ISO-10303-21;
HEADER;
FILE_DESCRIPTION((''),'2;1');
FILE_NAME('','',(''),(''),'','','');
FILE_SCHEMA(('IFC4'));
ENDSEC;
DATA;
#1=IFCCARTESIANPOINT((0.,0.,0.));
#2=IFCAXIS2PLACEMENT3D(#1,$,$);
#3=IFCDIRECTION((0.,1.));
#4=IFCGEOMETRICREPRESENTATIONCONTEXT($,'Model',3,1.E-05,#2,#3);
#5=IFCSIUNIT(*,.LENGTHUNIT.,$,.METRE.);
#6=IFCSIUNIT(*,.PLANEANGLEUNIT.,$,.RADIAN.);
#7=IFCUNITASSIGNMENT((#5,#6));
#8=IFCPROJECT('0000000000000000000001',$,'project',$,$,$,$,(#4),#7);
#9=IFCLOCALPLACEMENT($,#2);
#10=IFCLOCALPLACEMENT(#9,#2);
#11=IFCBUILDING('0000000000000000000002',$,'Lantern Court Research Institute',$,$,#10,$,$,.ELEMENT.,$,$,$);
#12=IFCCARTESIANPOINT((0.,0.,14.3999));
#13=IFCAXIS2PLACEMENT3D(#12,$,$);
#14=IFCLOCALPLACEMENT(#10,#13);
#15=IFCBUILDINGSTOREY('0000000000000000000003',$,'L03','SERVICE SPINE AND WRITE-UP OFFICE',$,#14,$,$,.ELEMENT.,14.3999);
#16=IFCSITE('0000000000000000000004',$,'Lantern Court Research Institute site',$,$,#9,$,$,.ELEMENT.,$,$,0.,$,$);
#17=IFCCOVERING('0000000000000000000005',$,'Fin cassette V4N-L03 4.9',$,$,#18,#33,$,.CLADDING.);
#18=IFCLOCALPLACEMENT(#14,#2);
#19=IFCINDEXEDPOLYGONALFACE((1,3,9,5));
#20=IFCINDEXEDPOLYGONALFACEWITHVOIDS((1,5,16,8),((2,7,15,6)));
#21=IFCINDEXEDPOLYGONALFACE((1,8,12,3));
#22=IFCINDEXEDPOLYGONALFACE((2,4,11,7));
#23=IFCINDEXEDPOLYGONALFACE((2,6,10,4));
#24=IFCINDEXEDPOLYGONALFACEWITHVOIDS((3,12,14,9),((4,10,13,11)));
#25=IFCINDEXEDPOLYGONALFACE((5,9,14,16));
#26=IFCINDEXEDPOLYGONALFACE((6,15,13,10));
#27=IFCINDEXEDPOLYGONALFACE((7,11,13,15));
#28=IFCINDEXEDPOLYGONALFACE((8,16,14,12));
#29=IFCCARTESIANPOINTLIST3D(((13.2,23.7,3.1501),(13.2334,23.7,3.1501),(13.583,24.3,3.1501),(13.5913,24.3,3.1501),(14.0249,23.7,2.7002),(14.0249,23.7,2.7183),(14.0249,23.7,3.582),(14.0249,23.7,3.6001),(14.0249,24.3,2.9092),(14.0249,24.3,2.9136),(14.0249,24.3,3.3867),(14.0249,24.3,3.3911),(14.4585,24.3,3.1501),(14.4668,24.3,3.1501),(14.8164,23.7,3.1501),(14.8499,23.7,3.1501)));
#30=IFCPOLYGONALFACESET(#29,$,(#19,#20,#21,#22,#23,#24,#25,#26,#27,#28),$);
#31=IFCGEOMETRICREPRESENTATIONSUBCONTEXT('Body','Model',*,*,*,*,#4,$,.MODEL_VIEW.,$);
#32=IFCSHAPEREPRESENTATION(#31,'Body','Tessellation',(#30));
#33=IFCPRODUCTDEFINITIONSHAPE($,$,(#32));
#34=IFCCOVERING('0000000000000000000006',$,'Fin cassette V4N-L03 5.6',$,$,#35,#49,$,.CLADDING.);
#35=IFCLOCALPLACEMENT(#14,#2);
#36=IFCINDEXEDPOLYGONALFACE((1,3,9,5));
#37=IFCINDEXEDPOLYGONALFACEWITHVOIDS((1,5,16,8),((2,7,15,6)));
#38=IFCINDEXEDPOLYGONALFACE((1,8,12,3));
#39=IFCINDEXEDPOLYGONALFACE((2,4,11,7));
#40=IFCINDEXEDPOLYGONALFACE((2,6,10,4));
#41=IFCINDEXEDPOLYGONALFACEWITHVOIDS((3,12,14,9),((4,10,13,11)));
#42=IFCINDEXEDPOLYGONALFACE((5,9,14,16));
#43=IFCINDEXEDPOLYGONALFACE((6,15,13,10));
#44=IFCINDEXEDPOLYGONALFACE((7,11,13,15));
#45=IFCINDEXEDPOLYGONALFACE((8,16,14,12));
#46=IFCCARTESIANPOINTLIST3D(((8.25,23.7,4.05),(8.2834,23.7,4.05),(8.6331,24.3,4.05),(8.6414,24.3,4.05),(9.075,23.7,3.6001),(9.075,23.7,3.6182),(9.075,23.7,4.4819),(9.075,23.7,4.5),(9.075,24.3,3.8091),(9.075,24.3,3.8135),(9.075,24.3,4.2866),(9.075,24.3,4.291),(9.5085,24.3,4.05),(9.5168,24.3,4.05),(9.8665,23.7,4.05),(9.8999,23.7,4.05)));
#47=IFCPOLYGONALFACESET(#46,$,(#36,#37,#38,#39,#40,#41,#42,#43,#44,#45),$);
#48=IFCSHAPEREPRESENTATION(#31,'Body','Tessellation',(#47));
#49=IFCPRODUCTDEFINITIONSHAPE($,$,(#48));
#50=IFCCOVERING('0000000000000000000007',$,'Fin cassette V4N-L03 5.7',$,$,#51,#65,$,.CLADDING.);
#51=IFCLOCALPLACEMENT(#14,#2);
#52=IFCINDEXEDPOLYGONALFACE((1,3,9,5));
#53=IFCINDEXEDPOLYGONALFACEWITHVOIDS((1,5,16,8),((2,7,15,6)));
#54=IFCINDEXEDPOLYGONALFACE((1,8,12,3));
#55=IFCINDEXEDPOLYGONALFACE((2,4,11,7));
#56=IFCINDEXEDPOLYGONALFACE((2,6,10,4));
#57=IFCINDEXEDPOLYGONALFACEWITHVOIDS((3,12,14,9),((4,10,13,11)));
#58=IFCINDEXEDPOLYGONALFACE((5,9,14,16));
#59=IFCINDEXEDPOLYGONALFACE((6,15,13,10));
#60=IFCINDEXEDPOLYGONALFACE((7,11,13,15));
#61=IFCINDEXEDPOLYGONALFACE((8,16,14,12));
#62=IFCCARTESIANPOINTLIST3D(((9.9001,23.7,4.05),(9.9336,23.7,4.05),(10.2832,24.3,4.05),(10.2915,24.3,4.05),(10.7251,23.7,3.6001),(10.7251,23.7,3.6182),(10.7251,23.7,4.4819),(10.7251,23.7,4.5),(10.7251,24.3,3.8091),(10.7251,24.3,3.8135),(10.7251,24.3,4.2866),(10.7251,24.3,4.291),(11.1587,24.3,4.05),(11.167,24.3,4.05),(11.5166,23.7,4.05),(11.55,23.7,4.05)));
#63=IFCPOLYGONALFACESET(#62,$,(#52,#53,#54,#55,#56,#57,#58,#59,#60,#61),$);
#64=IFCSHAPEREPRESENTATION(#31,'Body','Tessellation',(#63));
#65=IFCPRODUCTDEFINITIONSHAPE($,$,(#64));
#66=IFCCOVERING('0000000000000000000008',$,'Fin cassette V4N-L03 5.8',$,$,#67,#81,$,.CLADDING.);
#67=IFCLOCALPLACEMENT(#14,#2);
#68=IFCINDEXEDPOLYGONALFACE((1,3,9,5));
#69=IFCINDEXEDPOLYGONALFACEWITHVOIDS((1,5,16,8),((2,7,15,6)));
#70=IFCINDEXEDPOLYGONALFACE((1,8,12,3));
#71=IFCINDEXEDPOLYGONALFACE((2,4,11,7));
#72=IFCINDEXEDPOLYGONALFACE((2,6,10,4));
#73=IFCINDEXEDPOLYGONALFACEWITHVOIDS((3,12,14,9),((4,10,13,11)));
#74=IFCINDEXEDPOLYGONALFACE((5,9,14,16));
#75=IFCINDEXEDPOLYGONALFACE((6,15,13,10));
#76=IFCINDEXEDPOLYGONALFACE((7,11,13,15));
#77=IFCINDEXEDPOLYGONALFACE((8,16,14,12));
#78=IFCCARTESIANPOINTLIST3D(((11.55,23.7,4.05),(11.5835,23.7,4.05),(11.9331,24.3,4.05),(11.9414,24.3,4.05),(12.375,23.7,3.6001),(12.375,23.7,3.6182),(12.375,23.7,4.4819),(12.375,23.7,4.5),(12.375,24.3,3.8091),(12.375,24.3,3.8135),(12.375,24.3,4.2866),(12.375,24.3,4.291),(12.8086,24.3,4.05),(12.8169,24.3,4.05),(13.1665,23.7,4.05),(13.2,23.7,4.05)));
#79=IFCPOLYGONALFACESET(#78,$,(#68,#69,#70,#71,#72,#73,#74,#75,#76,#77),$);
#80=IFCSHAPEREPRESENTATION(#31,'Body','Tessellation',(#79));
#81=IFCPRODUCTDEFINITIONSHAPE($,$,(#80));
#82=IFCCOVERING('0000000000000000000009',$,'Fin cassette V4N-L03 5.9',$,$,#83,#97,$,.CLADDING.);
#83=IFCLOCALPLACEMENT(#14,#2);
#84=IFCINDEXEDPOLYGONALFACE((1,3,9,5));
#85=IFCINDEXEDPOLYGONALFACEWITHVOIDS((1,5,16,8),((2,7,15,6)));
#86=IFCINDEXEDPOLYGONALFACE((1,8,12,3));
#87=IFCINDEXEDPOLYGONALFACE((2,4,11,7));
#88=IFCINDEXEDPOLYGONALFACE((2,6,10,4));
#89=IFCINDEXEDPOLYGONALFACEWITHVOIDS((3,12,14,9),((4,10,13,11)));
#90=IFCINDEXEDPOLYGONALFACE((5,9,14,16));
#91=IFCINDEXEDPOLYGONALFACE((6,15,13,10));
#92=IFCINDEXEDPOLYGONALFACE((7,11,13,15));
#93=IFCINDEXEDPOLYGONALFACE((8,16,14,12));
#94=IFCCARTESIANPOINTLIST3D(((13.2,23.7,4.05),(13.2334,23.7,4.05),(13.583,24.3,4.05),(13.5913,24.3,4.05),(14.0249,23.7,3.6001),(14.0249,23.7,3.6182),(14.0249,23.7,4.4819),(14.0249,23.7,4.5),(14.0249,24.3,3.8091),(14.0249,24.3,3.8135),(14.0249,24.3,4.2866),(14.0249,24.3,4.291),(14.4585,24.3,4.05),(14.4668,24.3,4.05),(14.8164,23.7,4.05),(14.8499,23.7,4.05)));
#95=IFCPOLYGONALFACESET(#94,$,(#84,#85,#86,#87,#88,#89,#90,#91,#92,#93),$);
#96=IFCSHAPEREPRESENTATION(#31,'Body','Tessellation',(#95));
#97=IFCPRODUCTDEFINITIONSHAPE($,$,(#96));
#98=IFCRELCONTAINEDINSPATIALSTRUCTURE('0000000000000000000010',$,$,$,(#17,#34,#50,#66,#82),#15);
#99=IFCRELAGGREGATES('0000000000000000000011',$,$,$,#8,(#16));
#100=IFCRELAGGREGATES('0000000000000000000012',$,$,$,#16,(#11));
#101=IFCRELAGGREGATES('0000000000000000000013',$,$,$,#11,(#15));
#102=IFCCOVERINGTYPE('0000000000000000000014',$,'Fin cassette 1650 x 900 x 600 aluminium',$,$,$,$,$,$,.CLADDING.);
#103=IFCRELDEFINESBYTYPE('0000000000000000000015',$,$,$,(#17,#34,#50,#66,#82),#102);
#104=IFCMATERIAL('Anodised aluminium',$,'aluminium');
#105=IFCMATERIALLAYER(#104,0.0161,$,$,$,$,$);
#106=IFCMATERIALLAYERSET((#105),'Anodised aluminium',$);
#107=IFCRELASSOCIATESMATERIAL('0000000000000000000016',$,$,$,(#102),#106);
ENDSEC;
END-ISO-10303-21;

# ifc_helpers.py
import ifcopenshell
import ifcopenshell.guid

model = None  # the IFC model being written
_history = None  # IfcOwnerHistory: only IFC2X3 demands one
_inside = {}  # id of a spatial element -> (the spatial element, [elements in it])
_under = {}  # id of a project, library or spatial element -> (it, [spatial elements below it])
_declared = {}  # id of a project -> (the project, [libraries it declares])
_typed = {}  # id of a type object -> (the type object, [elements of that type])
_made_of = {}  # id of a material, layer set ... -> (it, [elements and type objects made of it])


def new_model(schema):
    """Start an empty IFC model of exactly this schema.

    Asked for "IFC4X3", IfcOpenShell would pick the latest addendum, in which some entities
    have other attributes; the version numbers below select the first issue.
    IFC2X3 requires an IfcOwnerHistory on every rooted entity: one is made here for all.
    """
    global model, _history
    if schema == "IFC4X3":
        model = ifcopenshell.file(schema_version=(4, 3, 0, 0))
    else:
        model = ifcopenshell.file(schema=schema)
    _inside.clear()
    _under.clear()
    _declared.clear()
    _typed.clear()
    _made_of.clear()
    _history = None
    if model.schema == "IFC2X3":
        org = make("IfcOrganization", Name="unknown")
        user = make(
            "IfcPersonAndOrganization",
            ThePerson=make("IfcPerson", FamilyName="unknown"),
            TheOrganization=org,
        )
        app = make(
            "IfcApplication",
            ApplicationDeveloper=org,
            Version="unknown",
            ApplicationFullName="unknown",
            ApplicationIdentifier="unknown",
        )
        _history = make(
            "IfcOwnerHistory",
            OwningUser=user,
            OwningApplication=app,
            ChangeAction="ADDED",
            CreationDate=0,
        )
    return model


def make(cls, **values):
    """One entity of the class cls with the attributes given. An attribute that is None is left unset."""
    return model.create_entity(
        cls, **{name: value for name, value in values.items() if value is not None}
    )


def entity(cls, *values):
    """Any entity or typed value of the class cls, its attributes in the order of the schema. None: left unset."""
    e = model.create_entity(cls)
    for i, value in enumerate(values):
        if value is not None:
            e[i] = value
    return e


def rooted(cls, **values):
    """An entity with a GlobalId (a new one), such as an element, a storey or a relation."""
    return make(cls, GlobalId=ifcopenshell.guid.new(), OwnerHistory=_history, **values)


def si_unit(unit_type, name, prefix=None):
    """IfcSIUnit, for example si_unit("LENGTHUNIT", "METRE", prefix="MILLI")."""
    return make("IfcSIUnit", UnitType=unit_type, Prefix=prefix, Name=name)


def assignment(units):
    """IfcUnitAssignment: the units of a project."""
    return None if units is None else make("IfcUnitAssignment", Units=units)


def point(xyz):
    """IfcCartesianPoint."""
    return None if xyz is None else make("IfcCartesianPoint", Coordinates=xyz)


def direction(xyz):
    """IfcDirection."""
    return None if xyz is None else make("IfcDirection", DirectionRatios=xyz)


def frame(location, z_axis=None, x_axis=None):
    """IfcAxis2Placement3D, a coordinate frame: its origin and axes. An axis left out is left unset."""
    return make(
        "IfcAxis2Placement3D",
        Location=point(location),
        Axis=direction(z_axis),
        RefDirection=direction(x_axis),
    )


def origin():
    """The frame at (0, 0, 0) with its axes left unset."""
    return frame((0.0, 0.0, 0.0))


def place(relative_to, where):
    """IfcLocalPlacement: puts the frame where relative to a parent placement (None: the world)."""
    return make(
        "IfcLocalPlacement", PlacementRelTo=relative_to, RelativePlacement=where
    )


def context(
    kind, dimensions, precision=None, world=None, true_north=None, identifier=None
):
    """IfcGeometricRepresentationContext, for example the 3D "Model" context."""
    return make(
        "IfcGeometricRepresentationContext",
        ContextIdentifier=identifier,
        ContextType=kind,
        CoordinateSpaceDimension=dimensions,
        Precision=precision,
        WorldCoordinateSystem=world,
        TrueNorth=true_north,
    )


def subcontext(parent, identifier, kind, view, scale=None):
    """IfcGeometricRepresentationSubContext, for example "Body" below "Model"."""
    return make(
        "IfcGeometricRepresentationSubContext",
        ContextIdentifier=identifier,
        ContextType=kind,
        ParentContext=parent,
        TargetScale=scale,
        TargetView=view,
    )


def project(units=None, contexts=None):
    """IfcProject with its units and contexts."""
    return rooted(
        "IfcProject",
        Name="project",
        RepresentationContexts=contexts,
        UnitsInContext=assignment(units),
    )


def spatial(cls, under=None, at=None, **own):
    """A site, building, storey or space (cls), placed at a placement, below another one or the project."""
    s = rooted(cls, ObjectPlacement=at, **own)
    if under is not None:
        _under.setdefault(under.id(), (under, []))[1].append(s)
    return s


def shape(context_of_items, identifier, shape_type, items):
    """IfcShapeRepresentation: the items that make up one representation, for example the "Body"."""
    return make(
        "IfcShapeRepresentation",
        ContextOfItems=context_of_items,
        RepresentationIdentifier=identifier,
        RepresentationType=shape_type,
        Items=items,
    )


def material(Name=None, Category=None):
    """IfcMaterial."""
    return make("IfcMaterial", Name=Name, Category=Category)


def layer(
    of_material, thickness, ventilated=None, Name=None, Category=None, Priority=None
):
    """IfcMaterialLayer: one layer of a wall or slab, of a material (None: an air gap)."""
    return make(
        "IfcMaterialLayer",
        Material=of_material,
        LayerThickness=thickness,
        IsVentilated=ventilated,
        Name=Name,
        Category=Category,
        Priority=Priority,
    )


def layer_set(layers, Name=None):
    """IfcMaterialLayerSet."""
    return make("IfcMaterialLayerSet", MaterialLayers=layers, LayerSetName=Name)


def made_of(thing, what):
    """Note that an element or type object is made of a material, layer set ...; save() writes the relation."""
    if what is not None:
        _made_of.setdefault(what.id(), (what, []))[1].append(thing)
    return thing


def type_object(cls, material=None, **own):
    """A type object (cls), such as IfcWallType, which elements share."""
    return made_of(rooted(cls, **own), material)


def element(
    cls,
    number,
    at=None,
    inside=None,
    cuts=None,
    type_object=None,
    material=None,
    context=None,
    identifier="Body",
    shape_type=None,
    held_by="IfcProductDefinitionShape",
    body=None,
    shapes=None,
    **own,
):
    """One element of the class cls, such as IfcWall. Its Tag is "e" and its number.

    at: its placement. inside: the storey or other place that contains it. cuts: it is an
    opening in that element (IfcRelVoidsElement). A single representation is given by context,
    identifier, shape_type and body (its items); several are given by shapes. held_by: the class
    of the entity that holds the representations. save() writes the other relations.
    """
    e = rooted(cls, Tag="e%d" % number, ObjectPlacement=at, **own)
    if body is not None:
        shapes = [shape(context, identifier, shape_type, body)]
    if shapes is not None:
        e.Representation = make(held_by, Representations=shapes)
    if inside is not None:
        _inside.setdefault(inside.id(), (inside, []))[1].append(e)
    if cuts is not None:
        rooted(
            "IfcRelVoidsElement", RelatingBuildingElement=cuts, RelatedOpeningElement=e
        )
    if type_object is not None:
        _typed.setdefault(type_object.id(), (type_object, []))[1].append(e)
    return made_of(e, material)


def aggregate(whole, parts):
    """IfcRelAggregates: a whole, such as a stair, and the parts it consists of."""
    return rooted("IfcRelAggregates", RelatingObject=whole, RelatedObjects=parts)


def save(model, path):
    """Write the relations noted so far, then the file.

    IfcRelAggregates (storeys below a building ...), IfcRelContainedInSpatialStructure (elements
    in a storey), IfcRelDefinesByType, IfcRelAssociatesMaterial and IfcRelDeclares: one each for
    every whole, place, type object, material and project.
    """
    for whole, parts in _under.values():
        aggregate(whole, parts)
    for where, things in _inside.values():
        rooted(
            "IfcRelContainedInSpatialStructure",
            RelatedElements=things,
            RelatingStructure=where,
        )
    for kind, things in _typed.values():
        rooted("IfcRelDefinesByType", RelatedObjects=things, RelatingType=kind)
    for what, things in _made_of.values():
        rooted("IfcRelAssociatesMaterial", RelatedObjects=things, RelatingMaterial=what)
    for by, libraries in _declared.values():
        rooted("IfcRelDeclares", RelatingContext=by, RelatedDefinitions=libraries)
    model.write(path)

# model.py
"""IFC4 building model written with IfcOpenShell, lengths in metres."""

from ifc_helpers import new_model, entity, si_unit, direction, frame, origin, place, context, subcontext, project, spatial, material, layer, layer_set, type_object, element, save


model = new_model("IFC4")

# Units and contexts
model_context = context("Model", 3, precision=1e-05, world=origin(), true_north=direction((0.0, 1.0)))
body_context = subcontext(model_context, "Body", "Model", "MODEL_VIEW")
ifc_project = project(units=[si_unit("LENGTHUNIT", "METRE"), si_unit("PLANEANGLEUNIT", "RADIAN")], contexts=[model_context])

# Site, building, storey
site_placement = place(None, origin())
site = spatial("IfcSite", under=ifc_project, at=site_placement, Name="Lantern Court Research Institute site", CompositionType="ELEMENT", RefElevation=0.0)
building_placement = place(site_placement, origin())
building = spatial("IfcBuilding", under=site, at=building_placement, Name="Lantern Court Research Institute", CompositionType="ELEMENT")
storey_placement = place(building_placement, frame((0.0, 0.0, 14.3999)))
storey = spatial("IfcBuildingStorey", under=building, at=storey_placement, Name="L03", Description="SERVICE SPINE AND WRITE-UP OFFICE", CompositionType="ELEMENT", Elevation=14.3999)

# Coverings
ifc_material_1 = material(Name="Anodised aluminium", Category="aluminium")
ifc_layer_1 = layer(ifc_material_1, 0.0161)
ifc_layer_set_1 = layer_set([ifc_layer_1], Name="Anodised aluminium")
covering_type = type_object("IfcCoveringType", Name="Fin cassette 1650 x 900 x 600 aluminium", PredefinedType="CLADDING", material=ifc_layer_set_1)
covering_1_placement = place(storey_placement, frame((14.0249, 23.7, 3.1501), z_axis=(0.0, 1.0, 0.0), x_axis=(-1.0, 0.0, 0.0)))
cartesian_point_1 = entity("IfcCartesianPoint", [0.825, 0.0])
cartesian_point_2 = entity("IfcCartesianPoint", [0.7915, 0.0])
cartesian_point_3 = entity("IfcCartesianPoint", [0.4419, 0.0])
cartesian_point_4 = entity("IfcCartesianPoint", [0.4336, 0.0])
element("IfcCovering", 1, at=covering_1_placement, inside=storey, type_object=covering_type, Name="Fin cassette V4N-L03 4.9", PredefinedType="CLADDING", context=body_context, shape_type="SweptSolid", body=[
    entity("IfcExtrudedAreaSolidTapered", entity("IfcArbitraryProfileDefWithVoids", "AREA", None, entity("IfcPolyline", [cartesian_point_1, entity("IfcCartesianPoint", [0.0, 0.45]), entity("IfcCartesianPoint", [-0.825, 0.0]), entity("IfcCartesianPoint", [0.0, -0.45]), cartesian_point_1]), [entity("IfcPolyline", [cartesian_point_2, entity("IfcCartesianPoint", [0.0, 0.4319]), entity("IfcCartesianPoint", [-0.7915, 0.0]), entity("IfcCartesianPoint", [0.0, -0.4319]), cartesian_point_2])]), entity("IfcAxis2Placement3D", entity("IfcCartesianPoint", [0.0, 0.0, 0.0])), entity("IfcDirection", [0.0, 0.0, 1.0]), 0.6001, entity("IfcArbitraryProfileDefWithVoids", "AREA", None, entity("IfcPolyline", [cartesian_point_3, entity("IfcCartesianPoint", [0.0, 0.241]), entity("IfcCartesianPoint", [-0.4419, 0.0]), entity("IfcCartesianPoint", [0.0, -0.241]), cartesian_point_3]), [entity("IfcPolyline", [cartesian_point_4, entity("IfcCartesianPoint", [0.0, 0.2366]), entity("IfcCartesianPoint", [-0.4336, 0.0]), entity("IfcCartesianPoint", [0.0, -0.2366]), cartesian_point_4])])),
])
covering_2_placement = place(storey_placement, frame((9.075, 23.7, 4.05), z_axis=(0.0, 1.0, 0.0), x_axis=(-1.0, 0.0, 0.0)))
cartesian_point_5 = entity("IfcCartesianPoint", [0.825, 0.0])
cartesian_point_6 = entity("IfcCartesianPoint", [0.7915, 0.0])
cartesian_point_7 = entity("IfcCartesianPoint", [0.4419, 0.0])
cartesian_point_8 = entity("IfcCartesianPoint", [0.4336, 0.0])
element("IfcCovering", 2, at=covering_2_placement, inside=storey, type_object=covering_type, Name="Fin cassette V4N-L03 5.6", PredefinedType="CLADDING", context=body_context, shape_type="SweptSolid", body=[
    entity("IfcExtrudedAreaSolidTapered", entity("IfcArbitraryProfileDefWithVoids", "AREA", None, entity("IfcPolyline", [cartesian_point_5, entity("IfcCartesianPoint", [0.0, 0.45]), entity("IfcCartesianPoint", [-0.825, 0.0]), entity("IfcCartesianPoint", [0.0, -0.45]), cartesian_point_5]), [entity("IfcPolyline", [cartesian_point_6, entity("IfcCartesianPoint", [0.0, 0.4319]), entity("IfcCartesianPoint", [-0.7915, 0.0]), entity("IfcCartesianPoint", [0.0, -0.4319]), cartesian_point_6])]), entity("IfcAxis2Placement3D", entity("IfcCartesianPoint", [0.0, 0.0, 0.0])), entity("IfcDirection", [0.0, 0.0, 1.0]), 0.6001, entity("IfcArbitraryProfileDefWithVoids", "AREA", None, entity("IfcPolyline", [cartesian_point_7, entity("IfcCartesianPoint", [0.0, 0.241]), entity("IfcCartesianPoint", [-0.4419, 0.0]), entity("IfcCartesianPoint", [0.0, -0.241]), cartesian_point_7]), [entity("IfcPolyline", [cartesian_point_8, entity("IfcCartesianPoint", [0.0, 0.2366]), entity("IfcCartesianPoint", [-0.4336, 0.0]), entity("IfcCartesianPoint", [0.0, -0.2366]), cartesian_point_8])])),
])
covering_3_placement = place(storey_placement, frame((10.7251, 23.7, 4.05), z_axis=(0.0, 1.0, 0.0), x_axis=(-1.0, 0.0, 0.0)))
cartesian_point_9 = entity("IfcCartesianPoint", [0.825, 0.0])
cartesian_point_10 = entity("IfcCartesianPoint", [0.7915, 0.0])
cartesian_point_11 = entity("IfcCartesianPoint", [0.4419, 0.0])
cartesian_point_12 = entity("IfcCartesianPoint", [0.4336, 0.0])
element("IfcCovering", 3, at=covering_3_placement, inside=storey, type_object=covering_type, Name="Fin cassette V4N-L03 5.7", PredefinedType="CLADDING", context=body_context, shape_type="SweptSolid", body=[
    entity("IfcExtrudedAreaSolidTapered", entity("IfcArbitraryProfileDefWithVoids", "AREA", None, entity("IfcPolyline", [cartesian_point_9, entity("IfcCartesianPoint", [0.0, 0.45]), entity("IfcCartesianPoint", [-0.825, 0.0]), entity("IfcCartesianPoint", [0.0, -0.45]), cartesian_point_9]), [entity("IfcPolyline", [cartesian_point_10, entity("IfcCartesianPoint", [0.0, 0.4319]), entity("IfcCartesianPoint", [-0.7915, 0.0]), entity("IfcCartesianPoint", [0.0, -0.4319]), cartesian_point_10])]), entity("IfcAxis2Placement3D", entity("IfcCartesianPoint", [0.0, 0.0, 0.0])), entity("IfcDirection", [0.0, 0.0, 1.0]), 0.6001, entity("IfcArbitraryProfileDefWithVoids", "AREA", None, entity("IfcPolyline", [cartesian_point_11, entity("IfcCartesianPoint", [0.0, 0.241]), entity("IfcCartesianPoint", [-0.4419, 0.0]), entity("IfcCartesianPoint", [0.0, -0.241]), cartesian_point_11]), [entity("IfcPolyline", [cartesian_point_12, entity("IfcCartesianPoint", [0.0, 0.2366]), entity("IfcCartesianPoint", [-0.4336, 0.0]), entity("IfcCartesianPoint", [0.0, -0.2366]), cartesian_point_12])])),
])
covering_4_placement = place(storey_placement, frame((12.375, 23.7, 4.05), z_axis=(0.0, 1.0, 0.0), x_axis=(-1.0, 0.0, 0.0)))
cartesian_point_13 = entity("IfcCartesianPoint", [0.825, 0.0])
cartesian_point_14 = entity("IfcCartesianPoint", [0.7915, 0.0])
cartesian_point_15 = entity("IfcCartesianPoint", [0.4419, 0.0])
cartesian_point_16 = entity("IfcCartesianPoint", [0.4336, 0.0])
element("IfcCovering", 4, at=covering_4_placement, inside=storey, type_object=covering_type, Name="Fin cassette V4N-L03 5.8", PredefinedType="CLADDING", context=body_context, shape_type="SweptSolid", body=[
    entity("IfcExtrudedAreaSolidTapered", entity("IfcArbitraryProfileDefWithVoids", "AREA", None, entity("IfcPolyline", [cartesian_point_13, entity("IfcCartesianPoint", [0.0, 0.45]), entity("IfcCartesianPoint", [-0.825, 0.0]), entity("IfcCartesianPoint", [0.0, -0.45]), cartesian_point_13]), [entity("IfcPolyline", [cartesian_point_14, entity("IfcCartesianPoint", [0.0, 0.4319]), entity("IfcCartesianPoint", [-0.7915, 0.0]), entity("IfcCartesianPoint", [0.0, -0.4319]), cartesian_point_14])]), entity("IfcAxis2Placement3D", entity("IfcCartesianPoint", [0.0, 0.0, 0.0])), entity("IfcDirection", [0.0, 0.0, 1.0]), 0.6001, entity("IfcArbitraryProfileDefWithVoids", "AREA", None, entity("IfcPolyline", [cartesian_point_15, entity("IfcCartesianPoint", [0.0, 0.241]), entity("IfcCartesianPoint", [-0.4419, 0.0]), entity("IfcCartesianPoint", [0.0, -0.241]), cartesian_point_15]), [entity("IfcPolyline", [cartesian_point_16, entity("IfcCartesianPoint", [0.0, 0.2366]), entity("IfcCartesianPoint", [-0.4336, 0.0]), entity("IfcCartesianPoint", [0.0, -0.2366]), cartesian_point_16])])),
])
covering_5_placement = place(storey_placement, frame((14.0249, 23.7, 4.05), z_axis=(0.0, 1.0, 0.0), x_axis=(-1.0, 0.0, 0.0)))
cartesian_point_17 = entity("IfcCartesianPoint", [0.825, 0.0])
cartesian_point_18 = entity("IfcCartesianPoint", [0.7915, 0.0])
cartesian_point_19 = entity("IfcCartesianPoint", [0.4419, 0.0])
cartesian_point_20 = entity("IfcCartesianPoint", [0.4336, 0.0])
element("IfcCovering", 5, at=covering_5_placement, inside=storey, type_object=covering_type, Name="Fin cassette V4N-L03 5.9", PredefinedType="CLADDING", context=body_context, shape_type="SweptSolid", body=[
    entity("IfcExtrudedAreaSolidTapered", entity("IfcArbitraryProfileDefWithVoids", "AREA", None, entity("IfcPolyline", [cartesian_point_17, entity("IfcCartesianPoint", [0.0, 0.45]), entity("IfcCartesianPoint", [-0.825, 0.0]), entity("IfcCartesianPoint", [0.0, -0.45]), cartesian_point_17]), [entity("IfcPolyline", [cartesian_point_18, entity("IfcCartesianPoint", [0.0, 0.4319]), entity("IfcCartesianPoint", [-0.7915, 0.0]), entity("IfcCartesianPoint", [0.0, -0.4319]), cartesian_point_18])]), entity("IfcAxis2Placement3D", entity("IfcCartesianPoint", [0.0, 0.0, 0.0])), entity("IfcDirection", [0.0, 0.0, 1.0]), 0.6001, entity("IfcArbitraryProfileDefWithVoids", "AREA", None, entity("IfcPolyline", [cartesian_point_19, entity("IfcCartesianPoint", [0.0, 0.241]), entity("IfcCartesianPoint", [-0.4419, 0.0]), entity("IfcCartesianPoint", [0.0, -0.241]), cartesian_point_19]), [entity("IfcPolyline", [cartesian_point_20, entity("IfcCartesianPoint", [0.0, 0.2366]), entity("IfcCartesianPoint", [-0.4336, 0.0]), entity("IfcCartesianPoint", [0.0, -0.2366]), cartesian_point_20])])),
])

save(model, "model.ifc")
